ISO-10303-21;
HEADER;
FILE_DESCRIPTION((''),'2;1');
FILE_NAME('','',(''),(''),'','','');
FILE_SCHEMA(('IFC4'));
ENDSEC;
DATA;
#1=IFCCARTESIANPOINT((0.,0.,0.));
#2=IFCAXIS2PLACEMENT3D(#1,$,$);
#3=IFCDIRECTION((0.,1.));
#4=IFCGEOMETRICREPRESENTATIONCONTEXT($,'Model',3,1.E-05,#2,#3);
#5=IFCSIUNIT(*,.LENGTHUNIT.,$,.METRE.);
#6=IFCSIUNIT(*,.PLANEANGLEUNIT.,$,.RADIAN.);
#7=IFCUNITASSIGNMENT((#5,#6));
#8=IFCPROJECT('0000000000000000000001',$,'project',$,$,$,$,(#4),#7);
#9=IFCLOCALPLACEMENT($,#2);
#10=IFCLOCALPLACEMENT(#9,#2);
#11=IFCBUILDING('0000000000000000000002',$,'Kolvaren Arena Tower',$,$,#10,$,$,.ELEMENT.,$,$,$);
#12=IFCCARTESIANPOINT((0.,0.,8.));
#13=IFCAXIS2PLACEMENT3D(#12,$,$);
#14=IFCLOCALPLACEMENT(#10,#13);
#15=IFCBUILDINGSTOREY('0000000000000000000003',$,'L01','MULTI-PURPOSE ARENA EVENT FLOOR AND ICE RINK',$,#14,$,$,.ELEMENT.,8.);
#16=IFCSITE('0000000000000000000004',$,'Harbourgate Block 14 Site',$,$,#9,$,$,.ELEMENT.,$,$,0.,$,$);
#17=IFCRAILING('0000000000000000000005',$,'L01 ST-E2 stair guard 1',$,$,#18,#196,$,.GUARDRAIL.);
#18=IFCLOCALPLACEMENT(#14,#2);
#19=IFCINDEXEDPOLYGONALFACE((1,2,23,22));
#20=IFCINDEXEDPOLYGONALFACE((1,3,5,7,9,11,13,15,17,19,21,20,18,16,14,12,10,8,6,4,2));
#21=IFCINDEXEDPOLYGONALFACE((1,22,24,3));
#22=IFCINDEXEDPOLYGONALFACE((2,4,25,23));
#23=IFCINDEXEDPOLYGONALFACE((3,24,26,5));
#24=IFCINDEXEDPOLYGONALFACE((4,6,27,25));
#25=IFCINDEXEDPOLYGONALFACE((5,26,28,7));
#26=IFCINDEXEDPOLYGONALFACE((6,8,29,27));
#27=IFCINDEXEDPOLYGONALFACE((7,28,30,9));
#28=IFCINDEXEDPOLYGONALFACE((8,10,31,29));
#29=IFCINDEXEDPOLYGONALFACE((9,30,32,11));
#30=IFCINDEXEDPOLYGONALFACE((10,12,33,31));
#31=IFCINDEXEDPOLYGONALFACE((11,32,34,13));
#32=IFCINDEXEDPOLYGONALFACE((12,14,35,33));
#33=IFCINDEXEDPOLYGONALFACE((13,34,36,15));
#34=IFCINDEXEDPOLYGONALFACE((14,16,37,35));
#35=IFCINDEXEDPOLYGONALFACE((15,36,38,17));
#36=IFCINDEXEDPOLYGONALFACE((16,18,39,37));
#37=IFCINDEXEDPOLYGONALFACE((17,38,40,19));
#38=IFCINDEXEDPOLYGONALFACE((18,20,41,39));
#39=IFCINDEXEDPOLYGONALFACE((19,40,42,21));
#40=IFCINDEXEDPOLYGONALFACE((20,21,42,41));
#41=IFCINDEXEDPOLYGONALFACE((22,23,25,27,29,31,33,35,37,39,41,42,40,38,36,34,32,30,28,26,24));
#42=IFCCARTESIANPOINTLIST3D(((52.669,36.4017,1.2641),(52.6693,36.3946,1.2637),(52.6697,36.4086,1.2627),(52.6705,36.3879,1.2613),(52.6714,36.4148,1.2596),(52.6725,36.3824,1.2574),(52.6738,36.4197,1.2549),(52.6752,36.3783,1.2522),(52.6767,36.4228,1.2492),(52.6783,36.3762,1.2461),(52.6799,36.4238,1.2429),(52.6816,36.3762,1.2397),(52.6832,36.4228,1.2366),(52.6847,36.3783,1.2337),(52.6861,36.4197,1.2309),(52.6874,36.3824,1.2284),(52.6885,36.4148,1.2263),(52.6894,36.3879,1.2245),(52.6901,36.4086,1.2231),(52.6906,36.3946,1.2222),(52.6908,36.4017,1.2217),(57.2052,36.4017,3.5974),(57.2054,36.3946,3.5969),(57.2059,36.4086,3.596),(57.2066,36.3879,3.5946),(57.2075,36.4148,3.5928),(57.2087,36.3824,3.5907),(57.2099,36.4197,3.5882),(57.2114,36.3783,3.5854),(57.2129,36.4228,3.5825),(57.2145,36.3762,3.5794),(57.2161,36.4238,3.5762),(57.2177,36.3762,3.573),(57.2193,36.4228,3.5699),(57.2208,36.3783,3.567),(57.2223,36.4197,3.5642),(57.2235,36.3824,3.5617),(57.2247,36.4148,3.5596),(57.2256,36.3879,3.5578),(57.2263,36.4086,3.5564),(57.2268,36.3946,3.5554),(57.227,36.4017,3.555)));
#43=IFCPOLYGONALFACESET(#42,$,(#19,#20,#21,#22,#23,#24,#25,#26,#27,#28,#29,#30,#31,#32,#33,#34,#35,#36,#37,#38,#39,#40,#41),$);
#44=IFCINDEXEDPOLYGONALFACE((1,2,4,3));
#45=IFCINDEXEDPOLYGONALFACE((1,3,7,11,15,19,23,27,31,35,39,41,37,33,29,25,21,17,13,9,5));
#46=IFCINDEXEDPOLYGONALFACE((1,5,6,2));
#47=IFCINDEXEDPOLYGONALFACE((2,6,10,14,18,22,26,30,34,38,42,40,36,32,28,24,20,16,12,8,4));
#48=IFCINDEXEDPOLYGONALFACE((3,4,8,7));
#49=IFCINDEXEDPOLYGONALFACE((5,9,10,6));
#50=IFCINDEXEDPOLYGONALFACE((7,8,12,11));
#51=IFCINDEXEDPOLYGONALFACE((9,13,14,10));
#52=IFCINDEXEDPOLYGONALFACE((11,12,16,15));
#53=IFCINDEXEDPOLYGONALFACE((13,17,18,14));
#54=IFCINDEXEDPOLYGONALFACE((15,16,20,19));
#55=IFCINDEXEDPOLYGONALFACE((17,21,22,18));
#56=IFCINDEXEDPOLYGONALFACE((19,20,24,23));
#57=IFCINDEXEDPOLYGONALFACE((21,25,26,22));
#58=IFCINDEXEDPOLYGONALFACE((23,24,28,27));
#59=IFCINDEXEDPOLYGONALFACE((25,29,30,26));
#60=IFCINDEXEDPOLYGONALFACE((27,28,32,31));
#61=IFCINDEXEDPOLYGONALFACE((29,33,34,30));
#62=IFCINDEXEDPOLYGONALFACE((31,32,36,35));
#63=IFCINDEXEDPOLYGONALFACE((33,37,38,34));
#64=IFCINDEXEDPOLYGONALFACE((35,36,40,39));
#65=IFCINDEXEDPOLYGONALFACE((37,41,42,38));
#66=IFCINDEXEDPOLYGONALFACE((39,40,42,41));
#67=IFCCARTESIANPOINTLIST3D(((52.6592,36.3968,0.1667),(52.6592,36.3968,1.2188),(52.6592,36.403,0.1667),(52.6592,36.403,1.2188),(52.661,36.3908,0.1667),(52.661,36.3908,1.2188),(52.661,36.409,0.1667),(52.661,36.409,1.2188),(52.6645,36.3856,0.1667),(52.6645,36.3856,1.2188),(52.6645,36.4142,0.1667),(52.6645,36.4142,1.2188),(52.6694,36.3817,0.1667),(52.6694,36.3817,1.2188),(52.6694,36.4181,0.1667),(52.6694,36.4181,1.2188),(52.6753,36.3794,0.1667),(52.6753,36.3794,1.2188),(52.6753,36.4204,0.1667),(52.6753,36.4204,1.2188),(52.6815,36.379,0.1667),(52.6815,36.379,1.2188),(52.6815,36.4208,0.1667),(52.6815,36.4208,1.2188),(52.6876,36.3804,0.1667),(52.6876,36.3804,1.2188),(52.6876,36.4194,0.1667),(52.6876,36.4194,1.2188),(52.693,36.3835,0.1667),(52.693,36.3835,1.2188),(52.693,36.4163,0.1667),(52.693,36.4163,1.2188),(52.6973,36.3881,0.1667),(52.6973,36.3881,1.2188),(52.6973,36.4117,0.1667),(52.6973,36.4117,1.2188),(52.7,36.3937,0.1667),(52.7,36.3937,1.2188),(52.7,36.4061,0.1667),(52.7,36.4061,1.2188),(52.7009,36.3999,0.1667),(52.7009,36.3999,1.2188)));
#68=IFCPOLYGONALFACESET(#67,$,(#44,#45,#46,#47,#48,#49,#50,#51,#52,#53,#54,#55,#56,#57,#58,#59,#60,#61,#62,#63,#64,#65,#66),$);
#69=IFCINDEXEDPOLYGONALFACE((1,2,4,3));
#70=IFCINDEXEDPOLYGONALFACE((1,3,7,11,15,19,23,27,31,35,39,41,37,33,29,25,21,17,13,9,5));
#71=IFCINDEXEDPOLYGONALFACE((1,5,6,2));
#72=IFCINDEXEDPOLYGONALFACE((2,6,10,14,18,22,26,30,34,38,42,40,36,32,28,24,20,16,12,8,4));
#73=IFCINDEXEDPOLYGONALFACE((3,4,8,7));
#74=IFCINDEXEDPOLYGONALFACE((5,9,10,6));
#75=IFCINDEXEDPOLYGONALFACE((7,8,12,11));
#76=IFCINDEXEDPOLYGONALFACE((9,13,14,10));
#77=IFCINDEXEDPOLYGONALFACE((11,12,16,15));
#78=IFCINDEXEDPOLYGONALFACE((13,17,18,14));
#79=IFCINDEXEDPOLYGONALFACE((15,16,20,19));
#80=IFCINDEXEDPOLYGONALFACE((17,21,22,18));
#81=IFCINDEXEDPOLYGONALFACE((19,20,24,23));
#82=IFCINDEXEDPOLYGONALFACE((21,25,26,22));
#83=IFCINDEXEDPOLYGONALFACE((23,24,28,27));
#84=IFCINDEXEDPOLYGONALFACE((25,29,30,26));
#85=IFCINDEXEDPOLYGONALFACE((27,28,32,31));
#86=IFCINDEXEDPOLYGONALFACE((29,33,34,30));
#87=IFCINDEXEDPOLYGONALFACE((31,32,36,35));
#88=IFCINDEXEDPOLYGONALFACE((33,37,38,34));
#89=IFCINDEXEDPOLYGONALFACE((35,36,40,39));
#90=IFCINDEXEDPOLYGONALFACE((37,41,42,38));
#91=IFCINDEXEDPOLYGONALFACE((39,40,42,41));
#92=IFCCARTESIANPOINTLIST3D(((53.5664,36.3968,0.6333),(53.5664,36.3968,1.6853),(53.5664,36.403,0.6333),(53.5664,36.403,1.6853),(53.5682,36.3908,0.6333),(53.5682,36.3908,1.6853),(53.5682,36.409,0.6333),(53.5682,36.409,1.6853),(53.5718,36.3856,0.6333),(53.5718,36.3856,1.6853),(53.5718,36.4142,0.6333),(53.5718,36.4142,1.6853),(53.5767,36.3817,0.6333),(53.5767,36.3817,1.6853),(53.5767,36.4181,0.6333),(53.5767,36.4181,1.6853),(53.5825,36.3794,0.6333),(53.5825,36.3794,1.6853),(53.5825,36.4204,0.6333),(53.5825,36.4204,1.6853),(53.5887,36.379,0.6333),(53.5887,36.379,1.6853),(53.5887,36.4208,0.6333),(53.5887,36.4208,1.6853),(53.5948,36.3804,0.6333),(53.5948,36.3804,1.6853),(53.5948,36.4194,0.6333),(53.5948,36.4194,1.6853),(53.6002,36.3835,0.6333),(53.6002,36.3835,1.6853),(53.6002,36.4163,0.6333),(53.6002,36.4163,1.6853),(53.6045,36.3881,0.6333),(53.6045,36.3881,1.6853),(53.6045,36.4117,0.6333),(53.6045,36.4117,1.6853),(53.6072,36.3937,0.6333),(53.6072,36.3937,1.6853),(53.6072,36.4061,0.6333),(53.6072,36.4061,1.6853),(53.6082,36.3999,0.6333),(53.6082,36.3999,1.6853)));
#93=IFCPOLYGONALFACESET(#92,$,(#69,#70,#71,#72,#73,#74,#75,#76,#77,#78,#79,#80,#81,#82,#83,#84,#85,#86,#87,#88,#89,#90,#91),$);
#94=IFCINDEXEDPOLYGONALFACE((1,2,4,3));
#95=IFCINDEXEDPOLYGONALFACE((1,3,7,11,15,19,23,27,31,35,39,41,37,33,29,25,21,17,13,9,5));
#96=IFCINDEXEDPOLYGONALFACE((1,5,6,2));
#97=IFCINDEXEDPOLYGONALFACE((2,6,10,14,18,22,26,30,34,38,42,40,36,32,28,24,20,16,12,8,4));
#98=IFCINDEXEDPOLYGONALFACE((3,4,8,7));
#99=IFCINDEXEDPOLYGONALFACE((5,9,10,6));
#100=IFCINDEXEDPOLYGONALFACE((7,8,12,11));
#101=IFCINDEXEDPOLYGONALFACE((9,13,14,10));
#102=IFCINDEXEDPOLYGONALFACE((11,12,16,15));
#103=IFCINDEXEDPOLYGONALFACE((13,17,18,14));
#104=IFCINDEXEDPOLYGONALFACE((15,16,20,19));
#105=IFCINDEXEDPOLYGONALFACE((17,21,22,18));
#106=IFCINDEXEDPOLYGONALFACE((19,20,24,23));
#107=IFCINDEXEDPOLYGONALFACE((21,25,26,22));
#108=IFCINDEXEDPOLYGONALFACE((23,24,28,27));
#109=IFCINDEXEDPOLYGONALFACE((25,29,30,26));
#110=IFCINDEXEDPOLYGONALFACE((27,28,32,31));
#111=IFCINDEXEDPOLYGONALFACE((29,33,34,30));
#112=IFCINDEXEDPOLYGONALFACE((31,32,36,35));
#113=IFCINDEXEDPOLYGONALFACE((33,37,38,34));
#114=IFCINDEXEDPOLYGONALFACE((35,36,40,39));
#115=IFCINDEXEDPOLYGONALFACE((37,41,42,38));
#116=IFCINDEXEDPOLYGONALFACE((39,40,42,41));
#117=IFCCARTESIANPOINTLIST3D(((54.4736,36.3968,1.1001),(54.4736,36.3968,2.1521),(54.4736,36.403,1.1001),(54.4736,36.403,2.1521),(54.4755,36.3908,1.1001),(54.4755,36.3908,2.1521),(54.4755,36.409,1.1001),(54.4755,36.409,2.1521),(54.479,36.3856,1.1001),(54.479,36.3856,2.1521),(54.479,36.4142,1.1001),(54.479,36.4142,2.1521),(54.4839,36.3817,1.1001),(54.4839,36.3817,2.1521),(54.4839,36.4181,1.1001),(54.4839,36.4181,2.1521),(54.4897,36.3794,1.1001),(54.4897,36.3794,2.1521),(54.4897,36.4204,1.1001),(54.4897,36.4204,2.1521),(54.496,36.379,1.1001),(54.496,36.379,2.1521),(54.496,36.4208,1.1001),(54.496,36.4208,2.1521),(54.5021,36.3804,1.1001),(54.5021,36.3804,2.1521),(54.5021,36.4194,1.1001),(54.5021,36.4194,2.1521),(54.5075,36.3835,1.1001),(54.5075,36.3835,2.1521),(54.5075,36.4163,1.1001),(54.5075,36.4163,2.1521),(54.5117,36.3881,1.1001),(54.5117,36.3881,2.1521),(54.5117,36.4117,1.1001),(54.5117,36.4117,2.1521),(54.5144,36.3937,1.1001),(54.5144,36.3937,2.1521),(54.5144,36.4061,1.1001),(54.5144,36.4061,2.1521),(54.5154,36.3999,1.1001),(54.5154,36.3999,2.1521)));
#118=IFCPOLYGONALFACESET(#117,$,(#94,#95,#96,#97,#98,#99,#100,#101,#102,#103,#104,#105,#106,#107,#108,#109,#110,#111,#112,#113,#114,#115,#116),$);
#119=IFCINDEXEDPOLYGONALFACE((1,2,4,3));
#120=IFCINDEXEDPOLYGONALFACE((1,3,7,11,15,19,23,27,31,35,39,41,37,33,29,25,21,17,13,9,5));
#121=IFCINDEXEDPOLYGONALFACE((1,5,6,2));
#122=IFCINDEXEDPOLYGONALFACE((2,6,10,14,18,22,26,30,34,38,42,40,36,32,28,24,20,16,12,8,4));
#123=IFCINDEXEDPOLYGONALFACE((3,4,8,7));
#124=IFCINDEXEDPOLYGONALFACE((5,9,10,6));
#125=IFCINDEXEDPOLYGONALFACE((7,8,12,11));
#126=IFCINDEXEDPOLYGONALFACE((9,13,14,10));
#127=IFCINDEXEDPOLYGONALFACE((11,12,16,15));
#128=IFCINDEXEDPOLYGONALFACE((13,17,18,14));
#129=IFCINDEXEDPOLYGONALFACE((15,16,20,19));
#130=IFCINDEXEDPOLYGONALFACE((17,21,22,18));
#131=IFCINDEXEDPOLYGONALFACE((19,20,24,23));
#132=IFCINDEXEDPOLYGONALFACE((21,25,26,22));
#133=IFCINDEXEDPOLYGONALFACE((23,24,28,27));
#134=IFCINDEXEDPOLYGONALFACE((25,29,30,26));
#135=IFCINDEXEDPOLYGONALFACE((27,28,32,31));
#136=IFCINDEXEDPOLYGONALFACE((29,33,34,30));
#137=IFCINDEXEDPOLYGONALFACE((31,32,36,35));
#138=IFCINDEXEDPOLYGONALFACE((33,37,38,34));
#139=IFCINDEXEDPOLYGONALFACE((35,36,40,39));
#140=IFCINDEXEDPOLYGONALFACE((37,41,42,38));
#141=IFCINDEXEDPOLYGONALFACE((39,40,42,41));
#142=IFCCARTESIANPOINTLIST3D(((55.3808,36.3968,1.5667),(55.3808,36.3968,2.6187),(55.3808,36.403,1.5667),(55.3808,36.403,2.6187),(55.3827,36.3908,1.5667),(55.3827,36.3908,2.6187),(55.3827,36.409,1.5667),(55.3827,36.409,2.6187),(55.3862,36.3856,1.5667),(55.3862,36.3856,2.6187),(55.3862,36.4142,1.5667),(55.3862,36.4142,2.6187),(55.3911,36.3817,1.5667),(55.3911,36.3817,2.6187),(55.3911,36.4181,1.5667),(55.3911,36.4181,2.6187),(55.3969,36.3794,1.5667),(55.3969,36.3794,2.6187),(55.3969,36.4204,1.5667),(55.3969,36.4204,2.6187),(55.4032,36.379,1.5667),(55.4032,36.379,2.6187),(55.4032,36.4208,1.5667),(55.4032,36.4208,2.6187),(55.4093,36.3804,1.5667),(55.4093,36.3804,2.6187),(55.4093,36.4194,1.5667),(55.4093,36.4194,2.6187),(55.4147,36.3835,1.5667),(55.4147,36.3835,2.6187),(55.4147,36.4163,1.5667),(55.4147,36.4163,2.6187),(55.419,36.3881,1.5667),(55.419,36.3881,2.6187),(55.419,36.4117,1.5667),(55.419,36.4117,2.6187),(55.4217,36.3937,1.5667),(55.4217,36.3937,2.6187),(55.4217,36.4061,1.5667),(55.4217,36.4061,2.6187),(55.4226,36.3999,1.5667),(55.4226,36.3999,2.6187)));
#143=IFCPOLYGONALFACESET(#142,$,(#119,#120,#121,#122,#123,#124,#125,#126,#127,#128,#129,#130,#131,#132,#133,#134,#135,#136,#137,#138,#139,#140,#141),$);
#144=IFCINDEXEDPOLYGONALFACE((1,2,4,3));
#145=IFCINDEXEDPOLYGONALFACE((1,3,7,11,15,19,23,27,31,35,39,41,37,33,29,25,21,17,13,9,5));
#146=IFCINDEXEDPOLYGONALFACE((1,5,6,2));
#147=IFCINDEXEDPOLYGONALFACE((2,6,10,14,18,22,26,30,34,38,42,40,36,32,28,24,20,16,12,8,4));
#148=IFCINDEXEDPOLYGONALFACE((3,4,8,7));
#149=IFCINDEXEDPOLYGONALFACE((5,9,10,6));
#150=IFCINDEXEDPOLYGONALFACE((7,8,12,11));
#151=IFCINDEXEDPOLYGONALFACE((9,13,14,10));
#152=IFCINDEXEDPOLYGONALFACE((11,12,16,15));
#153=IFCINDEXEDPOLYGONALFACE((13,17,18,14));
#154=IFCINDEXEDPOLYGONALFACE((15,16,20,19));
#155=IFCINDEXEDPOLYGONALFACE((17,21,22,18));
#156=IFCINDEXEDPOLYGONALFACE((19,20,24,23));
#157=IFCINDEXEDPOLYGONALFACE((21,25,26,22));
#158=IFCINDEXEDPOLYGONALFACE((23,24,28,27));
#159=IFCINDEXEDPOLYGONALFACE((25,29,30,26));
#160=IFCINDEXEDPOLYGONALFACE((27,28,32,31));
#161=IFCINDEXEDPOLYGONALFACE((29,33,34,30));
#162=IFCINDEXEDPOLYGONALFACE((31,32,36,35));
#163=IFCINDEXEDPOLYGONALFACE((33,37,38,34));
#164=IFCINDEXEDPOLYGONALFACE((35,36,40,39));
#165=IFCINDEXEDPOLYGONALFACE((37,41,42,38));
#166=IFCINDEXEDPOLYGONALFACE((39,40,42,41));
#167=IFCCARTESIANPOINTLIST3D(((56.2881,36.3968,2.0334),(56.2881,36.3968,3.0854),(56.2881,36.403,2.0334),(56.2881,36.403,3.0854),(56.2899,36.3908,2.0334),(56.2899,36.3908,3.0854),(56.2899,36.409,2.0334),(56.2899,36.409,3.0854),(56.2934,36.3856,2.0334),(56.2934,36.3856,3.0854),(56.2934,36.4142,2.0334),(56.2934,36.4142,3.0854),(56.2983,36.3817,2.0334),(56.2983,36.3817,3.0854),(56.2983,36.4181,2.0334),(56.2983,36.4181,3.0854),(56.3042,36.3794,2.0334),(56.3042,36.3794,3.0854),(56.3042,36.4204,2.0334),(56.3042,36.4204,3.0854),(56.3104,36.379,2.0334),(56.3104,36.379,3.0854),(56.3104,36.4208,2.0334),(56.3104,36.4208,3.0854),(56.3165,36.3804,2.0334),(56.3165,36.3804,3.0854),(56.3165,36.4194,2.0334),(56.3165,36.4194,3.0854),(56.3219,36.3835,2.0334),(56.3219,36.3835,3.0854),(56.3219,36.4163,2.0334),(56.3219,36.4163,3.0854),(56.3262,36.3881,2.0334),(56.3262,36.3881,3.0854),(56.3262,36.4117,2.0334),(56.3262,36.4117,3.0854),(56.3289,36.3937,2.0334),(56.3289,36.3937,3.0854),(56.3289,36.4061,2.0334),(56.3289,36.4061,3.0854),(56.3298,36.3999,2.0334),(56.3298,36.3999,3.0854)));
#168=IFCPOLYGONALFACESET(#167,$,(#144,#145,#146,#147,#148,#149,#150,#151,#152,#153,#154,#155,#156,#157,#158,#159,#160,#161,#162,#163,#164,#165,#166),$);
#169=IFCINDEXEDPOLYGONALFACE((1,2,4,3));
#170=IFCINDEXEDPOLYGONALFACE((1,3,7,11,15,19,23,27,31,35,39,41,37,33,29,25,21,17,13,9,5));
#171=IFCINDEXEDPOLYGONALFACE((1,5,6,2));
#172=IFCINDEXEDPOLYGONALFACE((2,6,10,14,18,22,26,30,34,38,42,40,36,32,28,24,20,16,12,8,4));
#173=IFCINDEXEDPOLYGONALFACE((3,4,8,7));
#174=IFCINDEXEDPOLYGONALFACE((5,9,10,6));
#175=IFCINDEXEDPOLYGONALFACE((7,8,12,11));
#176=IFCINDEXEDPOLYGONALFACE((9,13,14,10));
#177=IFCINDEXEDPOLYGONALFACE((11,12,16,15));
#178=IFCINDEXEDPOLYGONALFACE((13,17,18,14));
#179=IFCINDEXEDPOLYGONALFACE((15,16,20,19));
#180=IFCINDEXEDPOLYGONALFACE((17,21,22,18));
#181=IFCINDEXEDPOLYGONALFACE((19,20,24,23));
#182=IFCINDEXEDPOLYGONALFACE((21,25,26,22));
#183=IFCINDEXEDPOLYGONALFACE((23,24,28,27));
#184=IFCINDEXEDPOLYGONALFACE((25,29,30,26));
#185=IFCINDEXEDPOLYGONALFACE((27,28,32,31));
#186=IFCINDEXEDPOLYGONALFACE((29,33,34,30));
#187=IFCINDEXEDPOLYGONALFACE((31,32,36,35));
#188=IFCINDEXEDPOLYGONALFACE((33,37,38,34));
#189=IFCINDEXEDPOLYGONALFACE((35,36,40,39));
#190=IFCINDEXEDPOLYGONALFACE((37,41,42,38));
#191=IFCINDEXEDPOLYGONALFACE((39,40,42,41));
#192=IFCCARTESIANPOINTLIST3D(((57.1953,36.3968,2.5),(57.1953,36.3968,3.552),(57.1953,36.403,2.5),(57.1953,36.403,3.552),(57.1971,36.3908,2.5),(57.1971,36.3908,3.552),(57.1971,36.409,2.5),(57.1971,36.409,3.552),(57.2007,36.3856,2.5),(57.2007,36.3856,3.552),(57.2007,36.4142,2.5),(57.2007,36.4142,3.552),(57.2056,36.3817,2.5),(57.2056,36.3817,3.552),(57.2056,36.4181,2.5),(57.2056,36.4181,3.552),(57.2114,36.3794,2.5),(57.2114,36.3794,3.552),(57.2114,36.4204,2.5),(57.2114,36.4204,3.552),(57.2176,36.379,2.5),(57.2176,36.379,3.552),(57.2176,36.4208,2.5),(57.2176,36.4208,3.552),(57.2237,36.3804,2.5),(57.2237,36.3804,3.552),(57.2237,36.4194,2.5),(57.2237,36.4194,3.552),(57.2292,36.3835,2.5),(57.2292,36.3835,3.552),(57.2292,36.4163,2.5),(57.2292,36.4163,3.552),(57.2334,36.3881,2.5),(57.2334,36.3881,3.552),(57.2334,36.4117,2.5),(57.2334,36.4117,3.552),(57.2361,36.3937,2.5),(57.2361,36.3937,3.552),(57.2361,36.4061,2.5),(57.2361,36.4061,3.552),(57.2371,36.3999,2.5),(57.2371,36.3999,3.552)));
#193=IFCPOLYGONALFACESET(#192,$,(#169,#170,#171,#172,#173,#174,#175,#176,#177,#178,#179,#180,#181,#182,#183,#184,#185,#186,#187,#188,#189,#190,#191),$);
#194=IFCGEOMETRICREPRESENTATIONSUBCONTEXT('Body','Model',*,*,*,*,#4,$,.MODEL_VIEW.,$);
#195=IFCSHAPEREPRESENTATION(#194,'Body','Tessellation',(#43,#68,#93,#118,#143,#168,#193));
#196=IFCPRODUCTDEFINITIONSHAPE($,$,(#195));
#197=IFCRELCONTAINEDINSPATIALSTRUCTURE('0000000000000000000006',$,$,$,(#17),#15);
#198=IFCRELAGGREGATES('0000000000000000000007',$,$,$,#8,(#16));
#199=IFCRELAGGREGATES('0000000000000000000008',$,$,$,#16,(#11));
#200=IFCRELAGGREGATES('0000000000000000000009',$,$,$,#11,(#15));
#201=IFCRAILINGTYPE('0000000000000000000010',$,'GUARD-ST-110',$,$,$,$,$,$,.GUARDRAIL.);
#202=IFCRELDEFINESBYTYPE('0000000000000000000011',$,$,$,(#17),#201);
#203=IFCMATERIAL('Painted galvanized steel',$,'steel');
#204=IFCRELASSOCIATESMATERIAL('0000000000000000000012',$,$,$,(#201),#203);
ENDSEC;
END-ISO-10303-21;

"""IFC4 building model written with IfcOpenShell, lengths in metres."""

from ifc_helpers import new_model, si_unit, direction, frame, origin, origin_2d, place, context, subcontext, project, spatial, circle, extrude, material, type_object, element, save


model = new_model("IFC4")

# Units and contexts
model_context = context("Model", 3, precision=1e-05, world=origin(), true_north=direction((0.0, 1.0)))
body_context = subcontext(model_context, "Body", "Model", "MODEL_VIEW")
ifc_project = project(units=[si_unit("LENGTHUNIT", "METRE"), si_unit("PLANEANGLEUNIT", "RADIAN")], contexts=[model_context])

# Site, building, storey
site_placement = place(None, origin())
site = spatial("IfcSite", under=ifc_project, at=site_placement, Name="Harbourgate Block 14 Site", CompositionType="ELEMENT", RefElevation=0.0)
building_placement = place(site_placement, origin())
building = spatial("IfcBuilding", under=site, at=building_placement, Name="Kolvaren Arena Tower", CompositionType="ELEMENT")
storey_placement = place(building_placement, frame((0.0, 0.0, 8.0)))
storey = spatial("IfcBuildingStorey", under=building, at=storey_placement, Name="L01", Description="MULTI-PURPOSE ARENA EVENT FLOOR AND ICE RINK", CompositionType="ELEMENT", Elevation=8.0)

# Railing
ifc_material_1 = material(Name="Painted galvanized steel", Category="steel")
railing_type_1 = type_object("IfcRailingType", Name="GUARD-ST-110", PredefinedType="GUARDRAIL", material=ifc_material_1)
railing_1_placement = place(storey_placement, frame((52.6799, 36.3999, 0.1667)))
element("IfcRailing", 1, at=railing_1_placement, inside=storey, type_object=railing_type_1, Name="L01 ST-E2 stair guard 1", PredefinedType="GUARDRAIL", context=body_context, shape_type="SweptSolid", body=[
    extrude(circle(Radius=0.0239, at=origin_2d()), frame((0.0, 0.0, 1.0762), z_axis=(0.889257, 0.0, 0.457407), x_axis=(0.0, 1.0, 0.0)), (0.0, 0.0, 1.0), 5.1011),
    extrude(circle(Radius=0.021, at=origin_2d()), origin(), (0.0, 0.0, 1.0), 1.052),
    extrude(circle(Radius=0.021, at=origin_2d()), frame((0.9072, 0.0, 0.4666)), (0.0, 0.0, 1.0), 1.052),
    extrude(circle(Radius=0.021, at=origin_2d()), frame((1.8145, 0.0, 0.9333)), (0.0, 0.0, 1.0), 1.052),
    extrude(circle(Radius=0.021, at=origin_2d()), frame((2.7217, 0.0, 1.3999)), (0.0, 0.0, 1.0), 1.052),
    extrude(circle(Radius=0.021, at=origin_2d()), frame((3.6289, 0.0, 1.8667)), (0.0, 0.0, 1.0), 1.052),
    extrude(circle(Radius=0.021, at=origin_2d()), frame((4.5361, 0.0, 2.3333)), (0.0, 0.0, 1.0), 1.052),
])

save(model, "model.ifc")
